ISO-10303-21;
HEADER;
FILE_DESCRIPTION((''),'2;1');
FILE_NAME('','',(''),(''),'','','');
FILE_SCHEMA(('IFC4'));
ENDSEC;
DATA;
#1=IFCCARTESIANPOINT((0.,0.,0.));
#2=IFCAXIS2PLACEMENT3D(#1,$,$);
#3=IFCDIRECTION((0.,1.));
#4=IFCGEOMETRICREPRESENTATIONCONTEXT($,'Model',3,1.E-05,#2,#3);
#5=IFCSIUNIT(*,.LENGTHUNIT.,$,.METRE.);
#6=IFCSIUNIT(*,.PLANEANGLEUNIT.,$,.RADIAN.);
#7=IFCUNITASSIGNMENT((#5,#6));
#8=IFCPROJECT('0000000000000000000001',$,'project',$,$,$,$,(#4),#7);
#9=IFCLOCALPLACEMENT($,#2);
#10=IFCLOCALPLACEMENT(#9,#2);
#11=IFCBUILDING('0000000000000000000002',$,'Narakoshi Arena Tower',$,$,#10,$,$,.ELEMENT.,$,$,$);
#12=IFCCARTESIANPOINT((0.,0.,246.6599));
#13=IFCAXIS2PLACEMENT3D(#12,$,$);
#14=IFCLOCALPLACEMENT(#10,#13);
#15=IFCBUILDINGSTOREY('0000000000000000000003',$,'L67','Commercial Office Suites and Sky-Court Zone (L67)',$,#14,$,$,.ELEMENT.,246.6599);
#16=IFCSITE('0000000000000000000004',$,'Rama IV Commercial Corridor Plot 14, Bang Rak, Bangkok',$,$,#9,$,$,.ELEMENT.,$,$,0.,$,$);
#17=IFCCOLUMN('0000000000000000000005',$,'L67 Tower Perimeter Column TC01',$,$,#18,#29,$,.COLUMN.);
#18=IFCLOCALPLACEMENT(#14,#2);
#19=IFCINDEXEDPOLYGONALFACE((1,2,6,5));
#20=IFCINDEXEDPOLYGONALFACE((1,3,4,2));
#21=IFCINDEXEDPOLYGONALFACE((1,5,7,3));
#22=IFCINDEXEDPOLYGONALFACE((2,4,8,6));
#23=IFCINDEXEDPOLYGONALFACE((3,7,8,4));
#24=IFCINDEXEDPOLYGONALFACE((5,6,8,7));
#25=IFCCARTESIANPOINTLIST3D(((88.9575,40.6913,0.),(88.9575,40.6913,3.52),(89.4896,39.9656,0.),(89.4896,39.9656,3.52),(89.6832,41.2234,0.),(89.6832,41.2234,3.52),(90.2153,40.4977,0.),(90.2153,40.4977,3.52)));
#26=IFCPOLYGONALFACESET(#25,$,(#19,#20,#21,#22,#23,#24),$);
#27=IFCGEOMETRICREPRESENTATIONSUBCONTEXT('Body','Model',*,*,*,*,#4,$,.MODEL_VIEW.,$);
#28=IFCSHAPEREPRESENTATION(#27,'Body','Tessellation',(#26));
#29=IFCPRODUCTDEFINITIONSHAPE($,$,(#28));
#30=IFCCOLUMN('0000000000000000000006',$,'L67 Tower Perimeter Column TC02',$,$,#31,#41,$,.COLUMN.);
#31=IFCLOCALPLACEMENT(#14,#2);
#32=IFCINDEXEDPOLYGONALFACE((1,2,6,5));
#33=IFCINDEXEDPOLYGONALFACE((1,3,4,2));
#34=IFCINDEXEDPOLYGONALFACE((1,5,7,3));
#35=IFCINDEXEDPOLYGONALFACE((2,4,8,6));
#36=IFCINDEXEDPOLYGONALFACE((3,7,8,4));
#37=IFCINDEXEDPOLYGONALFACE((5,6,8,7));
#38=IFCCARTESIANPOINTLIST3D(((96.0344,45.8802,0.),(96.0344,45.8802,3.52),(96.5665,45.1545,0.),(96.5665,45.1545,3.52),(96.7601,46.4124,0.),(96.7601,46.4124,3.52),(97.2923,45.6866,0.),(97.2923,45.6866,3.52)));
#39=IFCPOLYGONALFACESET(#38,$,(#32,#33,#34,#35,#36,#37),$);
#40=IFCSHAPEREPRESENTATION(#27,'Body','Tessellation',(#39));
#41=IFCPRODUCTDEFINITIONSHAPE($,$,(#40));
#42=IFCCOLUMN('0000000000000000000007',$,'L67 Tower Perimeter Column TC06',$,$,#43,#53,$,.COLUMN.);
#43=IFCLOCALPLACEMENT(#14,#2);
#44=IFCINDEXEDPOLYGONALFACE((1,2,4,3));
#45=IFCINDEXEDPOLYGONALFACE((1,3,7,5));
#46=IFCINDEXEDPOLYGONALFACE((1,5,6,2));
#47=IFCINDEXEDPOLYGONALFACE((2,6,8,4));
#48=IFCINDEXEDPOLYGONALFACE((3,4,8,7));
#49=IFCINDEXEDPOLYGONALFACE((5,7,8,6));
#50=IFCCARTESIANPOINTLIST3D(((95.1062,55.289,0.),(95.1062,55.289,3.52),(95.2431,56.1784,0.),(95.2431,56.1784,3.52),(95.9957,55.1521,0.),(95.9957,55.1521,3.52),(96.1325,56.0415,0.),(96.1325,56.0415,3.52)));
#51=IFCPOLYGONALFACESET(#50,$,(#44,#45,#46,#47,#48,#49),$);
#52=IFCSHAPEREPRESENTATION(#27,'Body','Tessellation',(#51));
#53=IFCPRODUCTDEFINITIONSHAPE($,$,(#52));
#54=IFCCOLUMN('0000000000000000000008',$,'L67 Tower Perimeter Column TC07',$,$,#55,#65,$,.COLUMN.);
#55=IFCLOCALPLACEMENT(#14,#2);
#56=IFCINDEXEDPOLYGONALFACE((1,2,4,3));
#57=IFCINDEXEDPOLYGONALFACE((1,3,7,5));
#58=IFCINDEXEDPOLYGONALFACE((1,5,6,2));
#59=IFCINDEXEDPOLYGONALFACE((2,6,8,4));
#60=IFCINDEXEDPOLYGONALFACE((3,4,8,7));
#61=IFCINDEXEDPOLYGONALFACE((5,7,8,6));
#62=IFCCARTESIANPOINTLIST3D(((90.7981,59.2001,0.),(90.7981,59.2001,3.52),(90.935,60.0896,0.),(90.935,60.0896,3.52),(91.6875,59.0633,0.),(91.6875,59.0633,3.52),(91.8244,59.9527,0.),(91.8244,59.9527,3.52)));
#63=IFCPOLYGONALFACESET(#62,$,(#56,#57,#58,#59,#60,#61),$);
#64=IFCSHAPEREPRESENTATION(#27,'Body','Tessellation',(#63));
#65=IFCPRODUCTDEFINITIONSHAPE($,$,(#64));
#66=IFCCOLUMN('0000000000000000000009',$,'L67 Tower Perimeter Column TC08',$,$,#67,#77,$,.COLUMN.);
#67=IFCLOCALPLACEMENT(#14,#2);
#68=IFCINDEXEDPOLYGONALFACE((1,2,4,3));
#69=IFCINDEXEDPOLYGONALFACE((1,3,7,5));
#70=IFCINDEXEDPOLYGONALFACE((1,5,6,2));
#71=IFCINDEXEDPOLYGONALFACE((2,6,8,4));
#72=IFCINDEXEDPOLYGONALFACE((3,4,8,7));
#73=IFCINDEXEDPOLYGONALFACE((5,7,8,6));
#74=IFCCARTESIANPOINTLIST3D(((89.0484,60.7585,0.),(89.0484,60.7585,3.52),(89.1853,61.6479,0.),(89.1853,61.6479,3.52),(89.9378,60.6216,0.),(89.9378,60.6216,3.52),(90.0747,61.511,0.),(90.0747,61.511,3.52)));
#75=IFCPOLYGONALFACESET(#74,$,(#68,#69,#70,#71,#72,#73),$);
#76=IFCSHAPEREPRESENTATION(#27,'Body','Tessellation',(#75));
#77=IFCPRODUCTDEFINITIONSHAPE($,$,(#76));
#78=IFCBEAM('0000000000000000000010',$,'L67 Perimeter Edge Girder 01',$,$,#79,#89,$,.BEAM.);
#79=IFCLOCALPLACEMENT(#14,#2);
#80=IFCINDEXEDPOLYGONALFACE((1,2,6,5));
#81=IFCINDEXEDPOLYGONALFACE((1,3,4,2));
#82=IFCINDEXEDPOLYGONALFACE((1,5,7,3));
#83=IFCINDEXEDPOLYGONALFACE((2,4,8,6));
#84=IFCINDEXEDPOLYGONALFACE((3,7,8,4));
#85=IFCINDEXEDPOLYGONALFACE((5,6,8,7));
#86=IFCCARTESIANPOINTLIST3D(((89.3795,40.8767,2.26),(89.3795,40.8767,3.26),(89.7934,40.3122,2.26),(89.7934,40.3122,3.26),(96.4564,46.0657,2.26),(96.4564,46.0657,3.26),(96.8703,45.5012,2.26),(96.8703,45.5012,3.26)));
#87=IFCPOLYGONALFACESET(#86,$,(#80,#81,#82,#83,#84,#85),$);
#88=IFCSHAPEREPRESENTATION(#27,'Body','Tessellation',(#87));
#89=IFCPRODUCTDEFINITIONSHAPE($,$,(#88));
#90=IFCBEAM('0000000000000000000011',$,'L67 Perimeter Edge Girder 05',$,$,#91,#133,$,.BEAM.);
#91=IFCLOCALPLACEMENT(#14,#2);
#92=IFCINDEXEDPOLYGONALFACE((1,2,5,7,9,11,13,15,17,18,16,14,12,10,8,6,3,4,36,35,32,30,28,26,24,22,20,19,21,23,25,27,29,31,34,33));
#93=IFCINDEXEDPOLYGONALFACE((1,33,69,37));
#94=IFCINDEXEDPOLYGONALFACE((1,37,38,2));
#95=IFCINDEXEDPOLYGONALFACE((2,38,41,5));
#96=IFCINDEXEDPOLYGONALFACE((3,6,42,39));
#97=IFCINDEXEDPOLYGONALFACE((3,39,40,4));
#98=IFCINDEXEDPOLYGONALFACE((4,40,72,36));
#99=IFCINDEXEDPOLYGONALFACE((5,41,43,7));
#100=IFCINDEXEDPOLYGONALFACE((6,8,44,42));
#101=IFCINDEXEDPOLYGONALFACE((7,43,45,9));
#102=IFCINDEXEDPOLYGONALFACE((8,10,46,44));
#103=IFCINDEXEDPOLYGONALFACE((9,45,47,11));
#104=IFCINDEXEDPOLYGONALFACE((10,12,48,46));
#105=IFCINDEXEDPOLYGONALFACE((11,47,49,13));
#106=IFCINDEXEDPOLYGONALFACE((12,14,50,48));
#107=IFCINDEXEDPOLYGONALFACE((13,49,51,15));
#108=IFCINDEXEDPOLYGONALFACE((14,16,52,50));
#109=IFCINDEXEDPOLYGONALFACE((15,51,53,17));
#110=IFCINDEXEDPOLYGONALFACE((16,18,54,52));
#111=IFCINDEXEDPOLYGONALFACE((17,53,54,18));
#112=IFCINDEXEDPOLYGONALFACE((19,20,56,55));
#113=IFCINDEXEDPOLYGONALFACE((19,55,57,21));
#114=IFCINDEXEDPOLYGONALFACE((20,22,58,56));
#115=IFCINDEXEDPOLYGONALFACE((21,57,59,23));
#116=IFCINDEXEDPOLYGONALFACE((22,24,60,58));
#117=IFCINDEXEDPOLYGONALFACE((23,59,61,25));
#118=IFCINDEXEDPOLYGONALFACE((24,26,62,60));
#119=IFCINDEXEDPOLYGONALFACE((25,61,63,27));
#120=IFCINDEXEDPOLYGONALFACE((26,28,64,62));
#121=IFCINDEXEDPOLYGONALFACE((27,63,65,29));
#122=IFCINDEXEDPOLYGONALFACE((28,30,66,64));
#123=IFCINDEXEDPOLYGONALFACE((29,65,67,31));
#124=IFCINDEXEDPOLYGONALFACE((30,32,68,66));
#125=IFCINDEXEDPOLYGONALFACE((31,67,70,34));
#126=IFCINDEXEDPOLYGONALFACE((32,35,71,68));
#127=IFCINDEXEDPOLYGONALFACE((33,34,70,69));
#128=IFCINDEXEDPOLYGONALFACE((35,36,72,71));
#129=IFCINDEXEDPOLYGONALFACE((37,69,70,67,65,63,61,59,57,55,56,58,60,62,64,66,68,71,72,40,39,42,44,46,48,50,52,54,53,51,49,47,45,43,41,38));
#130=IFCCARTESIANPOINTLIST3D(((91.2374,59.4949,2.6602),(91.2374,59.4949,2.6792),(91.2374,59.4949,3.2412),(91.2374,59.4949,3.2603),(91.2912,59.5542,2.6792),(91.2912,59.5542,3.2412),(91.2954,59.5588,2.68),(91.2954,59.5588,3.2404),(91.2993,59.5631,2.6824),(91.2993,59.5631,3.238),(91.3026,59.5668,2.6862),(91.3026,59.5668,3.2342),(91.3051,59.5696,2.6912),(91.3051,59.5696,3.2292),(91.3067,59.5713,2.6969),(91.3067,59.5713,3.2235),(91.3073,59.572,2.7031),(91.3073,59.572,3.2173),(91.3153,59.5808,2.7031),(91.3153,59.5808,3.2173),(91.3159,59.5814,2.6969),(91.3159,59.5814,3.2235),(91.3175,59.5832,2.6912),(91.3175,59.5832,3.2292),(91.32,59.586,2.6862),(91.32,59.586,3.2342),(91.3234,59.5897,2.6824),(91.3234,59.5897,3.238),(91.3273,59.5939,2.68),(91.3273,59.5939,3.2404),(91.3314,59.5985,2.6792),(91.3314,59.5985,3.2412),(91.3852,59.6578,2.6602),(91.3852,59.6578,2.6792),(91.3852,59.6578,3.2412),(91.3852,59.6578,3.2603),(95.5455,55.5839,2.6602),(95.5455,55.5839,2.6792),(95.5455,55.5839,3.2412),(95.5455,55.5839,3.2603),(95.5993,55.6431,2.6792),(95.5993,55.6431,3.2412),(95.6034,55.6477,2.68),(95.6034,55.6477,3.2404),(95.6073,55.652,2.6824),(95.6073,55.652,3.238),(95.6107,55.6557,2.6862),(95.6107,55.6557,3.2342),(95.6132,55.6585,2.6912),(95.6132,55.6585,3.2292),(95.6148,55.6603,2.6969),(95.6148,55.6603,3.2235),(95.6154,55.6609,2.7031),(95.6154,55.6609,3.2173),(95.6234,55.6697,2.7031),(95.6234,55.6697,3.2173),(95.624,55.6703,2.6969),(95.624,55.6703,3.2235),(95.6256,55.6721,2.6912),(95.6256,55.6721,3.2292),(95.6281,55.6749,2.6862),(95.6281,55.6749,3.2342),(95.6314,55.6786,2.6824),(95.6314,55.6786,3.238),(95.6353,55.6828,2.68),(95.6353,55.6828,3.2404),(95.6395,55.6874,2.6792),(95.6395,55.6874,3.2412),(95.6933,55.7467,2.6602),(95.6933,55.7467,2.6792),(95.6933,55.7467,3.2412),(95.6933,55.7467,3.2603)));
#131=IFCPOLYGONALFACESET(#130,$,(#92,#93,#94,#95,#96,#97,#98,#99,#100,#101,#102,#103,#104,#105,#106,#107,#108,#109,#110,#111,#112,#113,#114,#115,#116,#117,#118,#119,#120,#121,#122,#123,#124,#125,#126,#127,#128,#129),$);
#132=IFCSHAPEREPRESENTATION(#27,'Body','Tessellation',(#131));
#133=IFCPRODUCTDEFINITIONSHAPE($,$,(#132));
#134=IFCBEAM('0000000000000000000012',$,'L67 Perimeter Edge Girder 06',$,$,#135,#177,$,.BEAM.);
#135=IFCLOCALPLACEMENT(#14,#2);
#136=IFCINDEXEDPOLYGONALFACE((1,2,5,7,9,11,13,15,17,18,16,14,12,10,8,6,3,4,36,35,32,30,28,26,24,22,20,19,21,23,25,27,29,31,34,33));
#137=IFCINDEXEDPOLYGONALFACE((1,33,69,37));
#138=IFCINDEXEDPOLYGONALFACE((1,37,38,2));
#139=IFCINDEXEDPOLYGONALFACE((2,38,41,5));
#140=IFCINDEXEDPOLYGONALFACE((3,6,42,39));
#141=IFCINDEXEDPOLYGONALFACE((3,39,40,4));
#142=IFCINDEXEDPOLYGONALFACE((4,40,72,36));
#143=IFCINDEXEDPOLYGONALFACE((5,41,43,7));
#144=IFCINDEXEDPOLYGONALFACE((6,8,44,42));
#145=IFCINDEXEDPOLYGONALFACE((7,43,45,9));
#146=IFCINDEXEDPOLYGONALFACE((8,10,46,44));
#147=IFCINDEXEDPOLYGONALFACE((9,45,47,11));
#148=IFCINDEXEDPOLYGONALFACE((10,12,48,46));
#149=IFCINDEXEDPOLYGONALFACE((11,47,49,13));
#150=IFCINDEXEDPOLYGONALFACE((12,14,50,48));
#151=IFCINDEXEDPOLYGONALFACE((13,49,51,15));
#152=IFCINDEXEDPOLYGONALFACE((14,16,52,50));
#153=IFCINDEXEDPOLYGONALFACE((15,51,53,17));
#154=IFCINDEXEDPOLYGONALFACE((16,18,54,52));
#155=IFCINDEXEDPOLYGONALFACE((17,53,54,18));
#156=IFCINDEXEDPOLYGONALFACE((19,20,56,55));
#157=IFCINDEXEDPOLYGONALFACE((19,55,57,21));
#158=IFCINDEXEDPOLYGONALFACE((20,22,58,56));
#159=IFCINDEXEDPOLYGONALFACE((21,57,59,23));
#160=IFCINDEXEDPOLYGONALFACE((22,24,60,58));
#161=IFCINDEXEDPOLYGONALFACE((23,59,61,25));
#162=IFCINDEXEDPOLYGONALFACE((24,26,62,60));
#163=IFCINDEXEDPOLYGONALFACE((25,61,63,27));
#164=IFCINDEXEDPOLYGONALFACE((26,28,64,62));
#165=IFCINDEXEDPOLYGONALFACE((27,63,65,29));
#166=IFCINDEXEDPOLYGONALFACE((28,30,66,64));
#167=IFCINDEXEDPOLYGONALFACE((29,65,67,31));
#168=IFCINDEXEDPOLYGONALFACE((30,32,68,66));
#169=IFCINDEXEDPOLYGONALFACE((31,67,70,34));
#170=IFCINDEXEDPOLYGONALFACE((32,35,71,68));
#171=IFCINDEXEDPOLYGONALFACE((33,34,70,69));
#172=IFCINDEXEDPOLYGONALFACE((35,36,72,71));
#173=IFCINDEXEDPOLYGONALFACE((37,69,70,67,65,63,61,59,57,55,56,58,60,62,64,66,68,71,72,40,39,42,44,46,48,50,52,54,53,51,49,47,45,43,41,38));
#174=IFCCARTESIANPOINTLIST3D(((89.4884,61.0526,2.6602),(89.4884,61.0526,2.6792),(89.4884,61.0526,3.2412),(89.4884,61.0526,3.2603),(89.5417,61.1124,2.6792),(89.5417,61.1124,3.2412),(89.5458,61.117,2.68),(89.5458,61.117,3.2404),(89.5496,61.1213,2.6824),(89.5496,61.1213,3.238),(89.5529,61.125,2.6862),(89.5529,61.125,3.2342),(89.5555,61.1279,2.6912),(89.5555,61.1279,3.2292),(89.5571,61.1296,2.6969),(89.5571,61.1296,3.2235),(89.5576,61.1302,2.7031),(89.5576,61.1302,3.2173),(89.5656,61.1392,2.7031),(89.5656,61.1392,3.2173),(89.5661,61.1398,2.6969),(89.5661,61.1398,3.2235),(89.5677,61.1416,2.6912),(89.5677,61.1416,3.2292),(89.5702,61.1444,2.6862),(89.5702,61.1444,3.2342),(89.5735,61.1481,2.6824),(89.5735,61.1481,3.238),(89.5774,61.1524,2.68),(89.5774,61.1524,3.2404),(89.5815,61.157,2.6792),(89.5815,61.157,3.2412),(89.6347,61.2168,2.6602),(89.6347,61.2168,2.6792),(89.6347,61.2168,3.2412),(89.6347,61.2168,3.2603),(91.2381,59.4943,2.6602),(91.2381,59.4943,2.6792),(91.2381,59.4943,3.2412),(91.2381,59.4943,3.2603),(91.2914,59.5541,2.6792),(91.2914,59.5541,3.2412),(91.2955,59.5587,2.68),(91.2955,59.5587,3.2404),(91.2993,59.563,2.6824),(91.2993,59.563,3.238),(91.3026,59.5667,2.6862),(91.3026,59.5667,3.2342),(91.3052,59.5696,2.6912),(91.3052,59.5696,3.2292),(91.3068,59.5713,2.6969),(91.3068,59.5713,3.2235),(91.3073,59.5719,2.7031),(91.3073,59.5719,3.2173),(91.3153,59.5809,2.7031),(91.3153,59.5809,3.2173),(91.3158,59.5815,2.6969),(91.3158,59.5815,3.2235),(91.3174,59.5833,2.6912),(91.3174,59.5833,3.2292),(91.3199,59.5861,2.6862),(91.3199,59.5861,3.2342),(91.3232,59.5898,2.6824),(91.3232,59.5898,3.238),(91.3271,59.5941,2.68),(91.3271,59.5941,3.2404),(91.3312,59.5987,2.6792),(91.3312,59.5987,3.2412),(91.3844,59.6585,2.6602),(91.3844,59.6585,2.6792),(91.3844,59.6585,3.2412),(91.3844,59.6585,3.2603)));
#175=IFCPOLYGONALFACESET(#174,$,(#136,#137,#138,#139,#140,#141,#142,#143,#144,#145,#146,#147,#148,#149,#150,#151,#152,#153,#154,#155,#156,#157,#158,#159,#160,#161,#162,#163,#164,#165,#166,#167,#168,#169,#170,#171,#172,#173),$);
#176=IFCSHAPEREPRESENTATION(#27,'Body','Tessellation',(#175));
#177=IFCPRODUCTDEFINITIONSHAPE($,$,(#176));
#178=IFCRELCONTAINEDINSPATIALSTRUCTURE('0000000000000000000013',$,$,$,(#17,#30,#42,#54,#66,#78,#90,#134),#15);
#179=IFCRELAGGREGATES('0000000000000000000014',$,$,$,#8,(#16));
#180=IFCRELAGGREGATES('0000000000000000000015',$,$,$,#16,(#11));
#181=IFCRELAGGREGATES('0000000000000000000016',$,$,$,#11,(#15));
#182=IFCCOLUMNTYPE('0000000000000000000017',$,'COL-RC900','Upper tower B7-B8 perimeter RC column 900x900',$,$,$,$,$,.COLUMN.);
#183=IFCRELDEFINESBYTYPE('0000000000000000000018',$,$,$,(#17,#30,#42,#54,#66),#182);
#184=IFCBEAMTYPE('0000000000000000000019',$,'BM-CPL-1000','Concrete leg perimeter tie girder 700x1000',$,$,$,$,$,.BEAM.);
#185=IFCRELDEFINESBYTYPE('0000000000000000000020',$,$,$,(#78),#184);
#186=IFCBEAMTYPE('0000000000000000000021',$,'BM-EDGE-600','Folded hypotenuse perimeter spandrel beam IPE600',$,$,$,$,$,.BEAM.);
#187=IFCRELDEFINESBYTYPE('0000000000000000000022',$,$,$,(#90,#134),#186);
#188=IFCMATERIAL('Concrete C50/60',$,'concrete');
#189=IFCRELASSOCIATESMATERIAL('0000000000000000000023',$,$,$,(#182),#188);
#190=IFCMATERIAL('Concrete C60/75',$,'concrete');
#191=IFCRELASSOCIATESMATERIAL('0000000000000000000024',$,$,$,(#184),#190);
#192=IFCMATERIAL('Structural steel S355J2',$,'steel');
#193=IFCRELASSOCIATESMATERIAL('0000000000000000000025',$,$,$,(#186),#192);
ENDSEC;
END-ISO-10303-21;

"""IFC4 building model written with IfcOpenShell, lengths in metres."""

from ifc_helpers import new_model, si_unit, direction, frame, origin, origin_2d, place, context, subcontext, project, spatial, rectangle, i_section, extrude, material, material_profile, profile_set, type_object, element, save


model = new_model("IFC4")

# Units and contexts
model_context = context("Model", 3, precision=1e-05, world=origin(), true_north=direction((0.0, 1.0)))
body_context = subcontext(model_context, "Body", "Model", "MODEL_VIEW")
ifc_project = project(units=[si_unit("LENGTHUNIT", "METRE"), si_unit("PLANEANGLEUNIT", "RADIAN")], contexts=[model_context])

# Site, building, storey
site_placement = place(None, origin())
site = spatial("IfcSite", under=ifc_project, at=site_placement, Name="Rama IV Commercial Corridor Plot 14, Bang Rak, Bangkok", CompositionType="ELEMENT", RefElevation=0.0)
building_placement = place(site_placement, origin())
building = spatial("IfcBuilding", under=site, at=building_placement, Name="Narakoshi Arena Tower", CompositionType="ELEMENT")
storey_placement = place(building_placement, frame((0.0, 0.0, 246.6599)))
storey = spatial("IfcBuildingStorey", under=building, at=storey_placement, Name="L67", Description="Commercial Office Suites and Sky-Court Zone (L67)", CompositionType="ELEMENT", Elevation=246.6599)

# Columns
ifc_material_1 = material(Name="Concrete C50/60", Category="concrete")
ifc_material_profile_1 = material_profile(ifc_material_1, rectangle(XDim=0.8999, YDim=0.8999, at=origin_2d()), Name="RC900x900")
ifc_profile_set_1 = profile_set([ifc_material_profile_1], Name="Concrete C50/60")
column_type = type_object("IfcColumnType", Name="COL-RC900", Description="Upper tower B7-B8 perimeter RC column 900x900", PredefinedType="COLUMN", material=ifc_profile_set_1)
for number, where, z_axis, x_axis, name in (
    (1, (89.5864, 40.5945, 0.0), (0.0, 0.0, 1.0), (0.806445, 0.59131, 0.0), "L67 Tower Perimeter Column TC01"),
    (2, (96.6633, 45.7834, 0.0), (0.0, 0.0, 1.0), (0.806445, 0.59131, 0.0), "L67 Tower Perimeter Column TC02"),
    (3, (95.6194, 55.6653, 0.0), (0.0, 0.0, 1.0), (0.152123, 0.988362, 0.0), "L67 Tower Perimeter Column TC06"),
    (4, (91.3113, 59.5764, 0.0), (0.0, 0.0, 1.0), (0.152123, 0.988362, 0.0), "L67 Tower Perimeter Column TC07"),
    (5, (89.5615, 61.1348, 0.0), (0.0, 0.0, 1.0), (0.152123, 0.988362, 0.0), "L67 Tower Perimeter Column TC08"),
):
    element("IfcColumn", number, at=place(storey_placement, frame(where, z_axis=z_axis, x_axis=x_axis)), inside=storey, type_object=column_type, Name=name, PredefinedType="COLUMN", context=body_context, shape_type="SweptSolid", body=[
        extrude(rectangle(XDim=0.8999, YDim=0.8999, at=origin_2d()), origin(), (0.0, 0.0, 1.0), 3.52),
    ])

# Beams
ifc_material_2 = material(Name="Concrete C60/75", Category="concrete")
ifc_material_profile_2 = material_profile(ifc_material_2, rectangle(XDim=0.7, YDim=1.0, at=origin_2d()), Name="RCB700x1000")
ifc_profile_set_2 = profile_set([ifc_material_profile_2], Name="Concrete C60/75")
beam_type_1 = type_object("IfcBeamType", Name="BM-CPL-1000", Description="Concrete leg perimeter tie girder 700x1000", PredefinedType="BEAM", material=ifc_profile_set_2)
beam_1_placement = place(storey_placement, frame((89.5864, 40.5945, 2.76), z_axis=(0.806447, 0.591307, 0.0), x_axis=(-0.591307, 0.806447, 0.0)))
element("IfcBeam", 6, at=beam_1_placement, inside=storey, type_object=beam_type_1, Name="L67 Perimeter Edge Girder 01", PredefinedType="BEAM", context=body_context, shape_type="SweptSolid", body=[
    extrude(rectangle(XDim=0.7, YDim=1.0, at=origin_2d()), origin(), (0.0, 0.0, 1.0), 8.7754),
])
ifc_material_3 = material(Name="Structural steel S355J2", Category="steel")
ifc_material_profile_3 = material_profile(ifc_material_3, i_section(OverallWidth=0.22, OverallDepth=0.6001, WebThickness=0.012, FlangeThickness=0.019, FilletRadius=0.0239, at=origin_2d()), Name="IPE600")
ifc_profile_set_3 = profile_set([ifc_material_profile_3], Name="Structural steel S355J2")
beam_type_2 = type_object("IfcBeamType", Name="BM-EDGE-600", Description="Folded hypotenuse perimeter spandrel beam IPE600", PredefinedType="BEAM", material=ifc_profile_set_3)
beam_2_placement = place(storey_placement, frame((95.6194, 55.6653, 2.9602), z_axis=(-0.740396, 0.672171, 0.0), x_axis=(-0.672171, -0.740396, 0.0)))
element("IfcBeam", 7, at=beam_2_placement, inside=storey, type_object=beam_type_2, Name="L67 Perimeter Edge Girder 05", PredefinedType="BEAM", context=body_context, shape_type="SweptSolid", body=[
    extrude(i_section(OverallWidth=0.22, OverallDepth=0.6001, WebThickness=0.012, FlangeThickness=0.019, FilletRadius=0.0239, at=origin_2d()), origin(), (0.0, 0.0, 1.0), 5.8186),
])
beam_3_placement = place(storey_placement, frame((91.3113, 59.5764, 2.9602), z_axis=(-0.746771, 0.665081, 0.0), x_axis=(-0.665081, -0.746771, 0.0)))
element("IfcBeam", 8, at=beam_3_placement, inside=storey, type_object=beam_type_2, Name="L67 Perimeter Edge Girder 06", PredefinedType="BEAM", context=body_context, shape_type="SweptSolid", body=[
    extrude(i_section(OverallWidth=0.22, OverallDepth=0.6001, WebThickness=0.012, FlangeThickness=0.019, FilletRadius=0.0239, at=origin_2d()), origin(), (0.0, 0.0, 1.0), 2.343),
])

save(model, "model.ifc")
